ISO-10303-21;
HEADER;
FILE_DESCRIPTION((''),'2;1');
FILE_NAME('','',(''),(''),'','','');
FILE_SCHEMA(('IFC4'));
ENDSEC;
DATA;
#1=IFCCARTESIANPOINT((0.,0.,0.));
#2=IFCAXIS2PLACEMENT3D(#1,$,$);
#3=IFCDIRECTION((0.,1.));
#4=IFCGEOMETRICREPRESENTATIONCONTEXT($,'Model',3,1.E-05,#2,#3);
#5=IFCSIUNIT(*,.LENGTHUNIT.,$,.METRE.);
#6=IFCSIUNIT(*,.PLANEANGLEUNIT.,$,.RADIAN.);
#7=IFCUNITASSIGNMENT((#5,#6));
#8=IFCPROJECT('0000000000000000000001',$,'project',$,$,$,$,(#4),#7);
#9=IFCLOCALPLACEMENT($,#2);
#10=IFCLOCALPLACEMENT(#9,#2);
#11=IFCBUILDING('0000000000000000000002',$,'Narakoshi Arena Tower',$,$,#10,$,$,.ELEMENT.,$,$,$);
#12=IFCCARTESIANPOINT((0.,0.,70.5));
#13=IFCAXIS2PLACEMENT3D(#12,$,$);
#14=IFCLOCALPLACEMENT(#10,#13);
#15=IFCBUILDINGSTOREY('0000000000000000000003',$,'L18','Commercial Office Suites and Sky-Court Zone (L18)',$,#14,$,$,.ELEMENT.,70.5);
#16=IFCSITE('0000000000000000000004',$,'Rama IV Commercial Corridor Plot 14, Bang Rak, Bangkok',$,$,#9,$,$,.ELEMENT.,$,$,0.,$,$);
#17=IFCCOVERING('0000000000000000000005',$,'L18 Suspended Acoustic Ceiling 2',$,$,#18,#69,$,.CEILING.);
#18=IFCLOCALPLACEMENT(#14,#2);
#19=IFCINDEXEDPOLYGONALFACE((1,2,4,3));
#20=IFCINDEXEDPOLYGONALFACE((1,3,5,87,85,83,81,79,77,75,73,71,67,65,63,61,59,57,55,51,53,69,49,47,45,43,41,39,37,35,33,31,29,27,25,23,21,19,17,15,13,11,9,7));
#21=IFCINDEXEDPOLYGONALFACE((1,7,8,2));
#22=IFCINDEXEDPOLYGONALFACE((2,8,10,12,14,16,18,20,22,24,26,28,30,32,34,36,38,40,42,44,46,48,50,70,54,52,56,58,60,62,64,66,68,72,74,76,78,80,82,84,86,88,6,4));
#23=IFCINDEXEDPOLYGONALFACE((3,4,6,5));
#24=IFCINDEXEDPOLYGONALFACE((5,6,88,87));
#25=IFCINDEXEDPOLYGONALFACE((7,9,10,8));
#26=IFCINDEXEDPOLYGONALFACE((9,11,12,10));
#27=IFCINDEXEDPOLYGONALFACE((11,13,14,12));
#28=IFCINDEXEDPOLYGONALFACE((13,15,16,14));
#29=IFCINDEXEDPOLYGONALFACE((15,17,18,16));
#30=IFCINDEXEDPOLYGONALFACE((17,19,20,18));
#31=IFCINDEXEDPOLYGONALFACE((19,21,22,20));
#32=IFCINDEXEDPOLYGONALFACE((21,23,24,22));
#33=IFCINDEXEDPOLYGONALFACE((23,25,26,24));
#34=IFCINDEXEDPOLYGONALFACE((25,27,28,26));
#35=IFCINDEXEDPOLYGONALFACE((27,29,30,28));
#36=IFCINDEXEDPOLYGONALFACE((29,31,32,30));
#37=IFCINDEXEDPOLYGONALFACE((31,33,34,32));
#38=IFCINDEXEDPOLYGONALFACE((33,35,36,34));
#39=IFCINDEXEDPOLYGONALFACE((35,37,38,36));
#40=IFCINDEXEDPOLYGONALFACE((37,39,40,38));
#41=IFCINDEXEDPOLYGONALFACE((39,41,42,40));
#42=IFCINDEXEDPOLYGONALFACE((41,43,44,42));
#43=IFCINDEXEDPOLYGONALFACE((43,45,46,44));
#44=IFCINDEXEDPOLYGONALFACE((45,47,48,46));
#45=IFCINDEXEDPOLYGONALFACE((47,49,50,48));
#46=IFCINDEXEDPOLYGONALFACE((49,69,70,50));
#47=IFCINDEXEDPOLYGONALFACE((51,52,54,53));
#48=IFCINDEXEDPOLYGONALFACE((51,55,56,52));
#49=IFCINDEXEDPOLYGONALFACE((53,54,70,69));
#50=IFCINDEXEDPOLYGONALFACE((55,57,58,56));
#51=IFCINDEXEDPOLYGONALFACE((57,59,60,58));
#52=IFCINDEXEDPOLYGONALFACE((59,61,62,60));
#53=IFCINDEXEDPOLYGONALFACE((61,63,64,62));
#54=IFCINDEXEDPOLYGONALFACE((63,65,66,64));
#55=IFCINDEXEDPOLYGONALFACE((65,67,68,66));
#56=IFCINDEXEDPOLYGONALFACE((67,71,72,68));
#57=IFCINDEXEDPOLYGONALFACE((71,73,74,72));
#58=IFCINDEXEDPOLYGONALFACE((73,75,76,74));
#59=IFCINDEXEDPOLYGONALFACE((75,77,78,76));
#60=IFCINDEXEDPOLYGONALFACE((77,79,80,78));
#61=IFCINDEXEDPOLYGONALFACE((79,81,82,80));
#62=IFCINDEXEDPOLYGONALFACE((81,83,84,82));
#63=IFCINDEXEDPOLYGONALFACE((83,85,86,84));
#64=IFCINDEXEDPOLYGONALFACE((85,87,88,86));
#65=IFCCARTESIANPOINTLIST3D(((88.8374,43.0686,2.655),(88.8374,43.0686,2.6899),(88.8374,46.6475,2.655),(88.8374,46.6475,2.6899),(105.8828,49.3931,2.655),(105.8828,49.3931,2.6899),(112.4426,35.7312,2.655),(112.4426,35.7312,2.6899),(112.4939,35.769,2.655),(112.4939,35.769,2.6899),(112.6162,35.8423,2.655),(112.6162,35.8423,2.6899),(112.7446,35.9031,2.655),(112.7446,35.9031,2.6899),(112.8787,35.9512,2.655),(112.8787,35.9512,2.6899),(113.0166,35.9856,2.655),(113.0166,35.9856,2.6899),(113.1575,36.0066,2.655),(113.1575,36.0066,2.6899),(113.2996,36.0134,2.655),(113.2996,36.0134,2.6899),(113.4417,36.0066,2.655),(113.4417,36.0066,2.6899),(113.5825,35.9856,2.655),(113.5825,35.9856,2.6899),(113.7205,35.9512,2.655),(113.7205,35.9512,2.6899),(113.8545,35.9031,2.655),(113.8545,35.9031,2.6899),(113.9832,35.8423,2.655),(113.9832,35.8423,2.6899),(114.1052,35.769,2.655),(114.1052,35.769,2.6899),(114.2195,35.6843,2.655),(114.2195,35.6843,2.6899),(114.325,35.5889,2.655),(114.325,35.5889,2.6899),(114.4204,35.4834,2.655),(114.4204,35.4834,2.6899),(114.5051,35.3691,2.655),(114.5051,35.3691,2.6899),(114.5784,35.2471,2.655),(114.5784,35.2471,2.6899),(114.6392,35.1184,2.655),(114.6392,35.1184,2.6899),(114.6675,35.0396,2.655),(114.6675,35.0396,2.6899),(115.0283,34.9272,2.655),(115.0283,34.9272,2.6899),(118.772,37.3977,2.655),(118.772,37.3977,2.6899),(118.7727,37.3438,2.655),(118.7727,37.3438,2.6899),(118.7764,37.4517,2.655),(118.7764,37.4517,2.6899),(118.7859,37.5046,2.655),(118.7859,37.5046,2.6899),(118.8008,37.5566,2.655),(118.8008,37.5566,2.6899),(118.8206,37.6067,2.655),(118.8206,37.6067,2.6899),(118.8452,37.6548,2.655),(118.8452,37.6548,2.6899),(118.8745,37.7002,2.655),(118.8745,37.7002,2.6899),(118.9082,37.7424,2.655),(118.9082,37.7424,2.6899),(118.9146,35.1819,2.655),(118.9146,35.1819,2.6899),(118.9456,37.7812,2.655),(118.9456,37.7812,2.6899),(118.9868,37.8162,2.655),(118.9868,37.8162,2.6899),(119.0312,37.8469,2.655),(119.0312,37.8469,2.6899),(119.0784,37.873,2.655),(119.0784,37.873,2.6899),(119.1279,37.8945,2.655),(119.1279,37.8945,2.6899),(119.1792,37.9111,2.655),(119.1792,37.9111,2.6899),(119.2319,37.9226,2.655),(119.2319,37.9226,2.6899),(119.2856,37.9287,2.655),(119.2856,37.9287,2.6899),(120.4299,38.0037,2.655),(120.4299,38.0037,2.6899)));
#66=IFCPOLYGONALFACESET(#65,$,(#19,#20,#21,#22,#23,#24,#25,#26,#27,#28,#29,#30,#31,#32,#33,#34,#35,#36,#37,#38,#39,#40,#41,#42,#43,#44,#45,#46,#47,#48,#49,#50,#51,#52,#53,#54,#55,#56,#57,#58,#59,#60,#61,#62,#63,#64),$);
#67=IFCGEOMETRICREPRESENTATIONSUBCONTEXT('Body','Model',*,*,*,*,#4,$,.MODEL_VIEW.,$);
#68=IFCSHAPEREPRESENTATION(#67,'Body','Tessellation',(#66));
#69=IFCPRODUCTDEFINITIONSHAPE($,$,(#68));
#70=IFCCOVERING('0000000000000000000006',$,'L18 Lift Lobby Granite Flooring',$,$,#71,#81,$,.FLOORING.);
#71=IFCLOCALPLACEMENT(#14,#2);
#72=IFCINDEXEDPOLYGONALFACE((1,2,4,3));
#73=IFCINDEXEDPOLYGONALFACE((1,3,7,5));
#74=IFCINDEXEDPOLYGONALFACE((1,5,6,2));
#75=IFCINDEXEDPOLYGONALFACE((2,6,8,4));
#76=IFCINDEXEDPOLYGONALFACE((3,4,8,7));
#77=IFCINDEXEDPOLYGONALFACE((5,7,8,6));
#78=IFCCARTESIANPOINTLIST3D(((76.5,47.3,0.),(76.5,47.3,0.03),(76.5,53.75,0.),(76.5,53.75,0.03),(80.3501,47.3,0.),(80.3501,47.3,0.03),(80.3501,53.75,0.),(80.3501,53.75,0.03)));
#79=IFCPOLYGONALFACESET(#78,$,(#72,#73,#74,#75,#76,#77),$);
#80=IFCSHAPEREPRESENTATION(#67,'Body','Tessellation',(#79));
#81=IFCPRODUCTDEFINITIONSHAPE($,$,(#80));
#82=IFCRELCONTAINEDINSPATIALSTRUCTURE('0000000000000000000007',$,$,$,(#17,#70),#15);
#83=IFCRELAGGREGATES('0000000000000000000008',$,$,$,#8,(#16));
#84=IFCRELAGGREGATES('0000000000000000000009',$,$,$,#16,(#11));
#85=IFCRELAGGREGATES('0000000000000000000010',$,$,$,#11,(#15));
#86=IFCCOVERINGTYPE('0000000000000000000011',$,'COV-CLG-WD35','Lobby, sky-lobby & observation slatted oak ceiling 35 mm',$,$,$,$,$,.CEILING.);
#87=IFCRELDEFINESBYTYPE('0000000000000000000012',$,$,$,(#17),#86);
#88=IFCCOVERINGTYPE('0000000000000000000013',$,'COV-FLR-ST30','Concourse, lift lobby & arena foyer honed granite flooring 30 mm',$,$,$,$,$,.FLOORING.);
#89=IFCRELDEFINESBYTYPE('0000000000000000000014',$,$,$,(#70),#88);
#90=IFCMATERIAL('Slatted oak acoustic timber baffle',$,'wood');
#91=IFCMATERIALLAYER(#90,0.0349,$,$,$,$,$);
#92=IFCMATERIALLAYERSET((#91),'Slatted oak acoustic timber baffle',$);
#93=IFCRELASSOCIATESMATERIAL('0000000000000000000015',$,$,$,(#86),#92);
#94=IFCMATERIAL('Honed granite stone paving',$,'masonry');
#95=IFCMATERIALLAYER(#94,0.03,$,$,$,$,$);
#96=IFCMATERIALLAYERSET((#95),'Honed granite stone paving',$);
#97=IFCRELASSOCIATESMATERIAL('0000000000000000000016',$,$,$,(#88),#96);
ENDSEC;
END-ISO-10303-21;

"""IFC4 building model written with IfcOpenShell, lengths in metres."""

from ifc_helpers import new_model, si_unit, direction, frame, origin, place, context, subcontext, project, spatial, polyline, outline, extrude, material, layer, layer_set, type_object, element, save


model = new_model("IFC4")

# Units and contexts
model_context = context("Model", 3, precision=1e-05, world=origin(), true_north=direction((0.0, 1.0)))
body_context = subcontext(model_context, "Body", "Model", "MODEL_VIEW")
ifc_project = project(units=[si_unit("LENGTHUNIT", "METRE"), si_unit("PLANEANGLEUNIT", "RADIAN")], contexts=[model_context])

# Site, building, storey
site_placement = place(None, origin())
site = spatial("IfcSite", under=ifc_project, at=site_placement, Name="Rama IV Commercial Corridor Plot 14, Bang Rak, Bangkok", CompositionType="ELEMENT", RefElevation=0.0)
building_placement = place(site_placement, origin())
building = spatial("IfcBuilding", under=site, at=building_placement, Name="Narakoshi Arena Tower", CompositionType="ELEMENT")
storey_placement = place(building_placement, frame((0.0, 0.0, 70.5)))
storey = spatial("IfcBuildingStorey", under=building, at=storey_placement, Name="L18", Description="Commercial Office Suites and Sky-Court Zone (L18)", CompositionType="ELEMENT", Elevation=70.5)

# Coverings
ifc_material_1 = material(Name="Slatted oak acoustic timber baffle", Category="wood")
ifc_layer_1 = layer(ifc_material_1, 0.0349)
ifc_layer_set_1 = layer_set([ifc_layer_1], Name="Slatted oak acoustic timber baffle")
covering_type_1 = type_object("IfcCoveringType", Name="COV-CLG-WD35", Description="Lobby, sky-lobby & observation slatted oak ceiling 35 mm", PredefinedType="CEILING", material=ifc_layer_set_1)
covering_1_placement = place(storey_placement, frame((0.0, 0.0, 2.655)))
element("IfcCovering", 1, at=covering_1_placement, inside=storey, type_object=covering_type_1, Name="L18 Suspended Acoustic Ceiling 2", PredefinedType="CEILING", context=body_context, shape_type="SweptSolid", body=[
    extrude(outline(polyline([(119.2319, 37.9226), (119.1792, 37.9111), (119.1279, 37.8945), (119.0784, 37.873), (119.0312, 37.8469), (118.9868, 37.8162), (118.9456, 37.7812), (118.9082, 37.7424), (118.8745, 37.7002), (118.8452, 37.6548), (118.8206, 37.6067), (118.8008, 37.5566), (118.7859, 37.5046), (118.7764, 37.4517), (118.772, 37.3977), (118.7727, 37.3438), (118.9146, 35.1819), (115.0283, 34.9272), (114.6675, 35.0396), (114.6392, 35.1184), (114.5784, 35.2471), (114.5051, 35.3691), (114.4204, 35.4834), (114.325, 35.5889), (114.2195, 35.6843), (114.1052, 35.769), (113.9832, 35.8423), (113.8545, 35.9031), (113.7205, 35.9512), (113.5825, 35.9856), (113.4417, 36.0066), (113.2996, 36.0134), (113.1575, 36.0066), (113.0166, 35.9856), (112.8787, 35.9512), (112.7446, 35.9031), (112.6162, 35.8423), (112.4939, 35.769), (112.4426, 35.7312), (88.8374, 43.0686), (88.8374, 46.6475), (105.8828, 49.3931), (120.4299, 38.0037), (119.2856, 37.9287), (119.2319, 37.9226)])), origin(), (0.0, 0.0, 1.0), 0.0349),
])
ifc_material_2 = material(Name="Honed granite stone paving", Category="masonry")
ifc_layer_2 = layer(ifc_material_2, 0.03)
ifc_layer_set_2 = layer_set([ifc_layer_2], Name="Honed granite stone paving")
covering_type_2 = type_object("IfcCoveringType", Name="COV-FLR-ST30", Description="Concourse, lift lobby & arena foyer honed granite flooring 30 mm", PredefinedType="FLOORING", material=ifc_layer_set_2)
covering_2_placement = place(storey_placement, origin())
element("IfcCovering", 2, at=covering_2_placement, inside=storey, type_object=covering_type_2, Name="L18 Lift Lobby Granite Flooring", PredefinedType="FLOORING", context=body_context, shape_type="SweptSolid", body=[
    extrude(outline(polyline([(76.5, 47.3), (80.3501, 47.3), (80.3501, 53.75), (76.5, 53.75), (76.5, 47.3)])), origin(), (0.0, 0.0, 1.0), 0.03),
])

save(model, "model.ifc")
